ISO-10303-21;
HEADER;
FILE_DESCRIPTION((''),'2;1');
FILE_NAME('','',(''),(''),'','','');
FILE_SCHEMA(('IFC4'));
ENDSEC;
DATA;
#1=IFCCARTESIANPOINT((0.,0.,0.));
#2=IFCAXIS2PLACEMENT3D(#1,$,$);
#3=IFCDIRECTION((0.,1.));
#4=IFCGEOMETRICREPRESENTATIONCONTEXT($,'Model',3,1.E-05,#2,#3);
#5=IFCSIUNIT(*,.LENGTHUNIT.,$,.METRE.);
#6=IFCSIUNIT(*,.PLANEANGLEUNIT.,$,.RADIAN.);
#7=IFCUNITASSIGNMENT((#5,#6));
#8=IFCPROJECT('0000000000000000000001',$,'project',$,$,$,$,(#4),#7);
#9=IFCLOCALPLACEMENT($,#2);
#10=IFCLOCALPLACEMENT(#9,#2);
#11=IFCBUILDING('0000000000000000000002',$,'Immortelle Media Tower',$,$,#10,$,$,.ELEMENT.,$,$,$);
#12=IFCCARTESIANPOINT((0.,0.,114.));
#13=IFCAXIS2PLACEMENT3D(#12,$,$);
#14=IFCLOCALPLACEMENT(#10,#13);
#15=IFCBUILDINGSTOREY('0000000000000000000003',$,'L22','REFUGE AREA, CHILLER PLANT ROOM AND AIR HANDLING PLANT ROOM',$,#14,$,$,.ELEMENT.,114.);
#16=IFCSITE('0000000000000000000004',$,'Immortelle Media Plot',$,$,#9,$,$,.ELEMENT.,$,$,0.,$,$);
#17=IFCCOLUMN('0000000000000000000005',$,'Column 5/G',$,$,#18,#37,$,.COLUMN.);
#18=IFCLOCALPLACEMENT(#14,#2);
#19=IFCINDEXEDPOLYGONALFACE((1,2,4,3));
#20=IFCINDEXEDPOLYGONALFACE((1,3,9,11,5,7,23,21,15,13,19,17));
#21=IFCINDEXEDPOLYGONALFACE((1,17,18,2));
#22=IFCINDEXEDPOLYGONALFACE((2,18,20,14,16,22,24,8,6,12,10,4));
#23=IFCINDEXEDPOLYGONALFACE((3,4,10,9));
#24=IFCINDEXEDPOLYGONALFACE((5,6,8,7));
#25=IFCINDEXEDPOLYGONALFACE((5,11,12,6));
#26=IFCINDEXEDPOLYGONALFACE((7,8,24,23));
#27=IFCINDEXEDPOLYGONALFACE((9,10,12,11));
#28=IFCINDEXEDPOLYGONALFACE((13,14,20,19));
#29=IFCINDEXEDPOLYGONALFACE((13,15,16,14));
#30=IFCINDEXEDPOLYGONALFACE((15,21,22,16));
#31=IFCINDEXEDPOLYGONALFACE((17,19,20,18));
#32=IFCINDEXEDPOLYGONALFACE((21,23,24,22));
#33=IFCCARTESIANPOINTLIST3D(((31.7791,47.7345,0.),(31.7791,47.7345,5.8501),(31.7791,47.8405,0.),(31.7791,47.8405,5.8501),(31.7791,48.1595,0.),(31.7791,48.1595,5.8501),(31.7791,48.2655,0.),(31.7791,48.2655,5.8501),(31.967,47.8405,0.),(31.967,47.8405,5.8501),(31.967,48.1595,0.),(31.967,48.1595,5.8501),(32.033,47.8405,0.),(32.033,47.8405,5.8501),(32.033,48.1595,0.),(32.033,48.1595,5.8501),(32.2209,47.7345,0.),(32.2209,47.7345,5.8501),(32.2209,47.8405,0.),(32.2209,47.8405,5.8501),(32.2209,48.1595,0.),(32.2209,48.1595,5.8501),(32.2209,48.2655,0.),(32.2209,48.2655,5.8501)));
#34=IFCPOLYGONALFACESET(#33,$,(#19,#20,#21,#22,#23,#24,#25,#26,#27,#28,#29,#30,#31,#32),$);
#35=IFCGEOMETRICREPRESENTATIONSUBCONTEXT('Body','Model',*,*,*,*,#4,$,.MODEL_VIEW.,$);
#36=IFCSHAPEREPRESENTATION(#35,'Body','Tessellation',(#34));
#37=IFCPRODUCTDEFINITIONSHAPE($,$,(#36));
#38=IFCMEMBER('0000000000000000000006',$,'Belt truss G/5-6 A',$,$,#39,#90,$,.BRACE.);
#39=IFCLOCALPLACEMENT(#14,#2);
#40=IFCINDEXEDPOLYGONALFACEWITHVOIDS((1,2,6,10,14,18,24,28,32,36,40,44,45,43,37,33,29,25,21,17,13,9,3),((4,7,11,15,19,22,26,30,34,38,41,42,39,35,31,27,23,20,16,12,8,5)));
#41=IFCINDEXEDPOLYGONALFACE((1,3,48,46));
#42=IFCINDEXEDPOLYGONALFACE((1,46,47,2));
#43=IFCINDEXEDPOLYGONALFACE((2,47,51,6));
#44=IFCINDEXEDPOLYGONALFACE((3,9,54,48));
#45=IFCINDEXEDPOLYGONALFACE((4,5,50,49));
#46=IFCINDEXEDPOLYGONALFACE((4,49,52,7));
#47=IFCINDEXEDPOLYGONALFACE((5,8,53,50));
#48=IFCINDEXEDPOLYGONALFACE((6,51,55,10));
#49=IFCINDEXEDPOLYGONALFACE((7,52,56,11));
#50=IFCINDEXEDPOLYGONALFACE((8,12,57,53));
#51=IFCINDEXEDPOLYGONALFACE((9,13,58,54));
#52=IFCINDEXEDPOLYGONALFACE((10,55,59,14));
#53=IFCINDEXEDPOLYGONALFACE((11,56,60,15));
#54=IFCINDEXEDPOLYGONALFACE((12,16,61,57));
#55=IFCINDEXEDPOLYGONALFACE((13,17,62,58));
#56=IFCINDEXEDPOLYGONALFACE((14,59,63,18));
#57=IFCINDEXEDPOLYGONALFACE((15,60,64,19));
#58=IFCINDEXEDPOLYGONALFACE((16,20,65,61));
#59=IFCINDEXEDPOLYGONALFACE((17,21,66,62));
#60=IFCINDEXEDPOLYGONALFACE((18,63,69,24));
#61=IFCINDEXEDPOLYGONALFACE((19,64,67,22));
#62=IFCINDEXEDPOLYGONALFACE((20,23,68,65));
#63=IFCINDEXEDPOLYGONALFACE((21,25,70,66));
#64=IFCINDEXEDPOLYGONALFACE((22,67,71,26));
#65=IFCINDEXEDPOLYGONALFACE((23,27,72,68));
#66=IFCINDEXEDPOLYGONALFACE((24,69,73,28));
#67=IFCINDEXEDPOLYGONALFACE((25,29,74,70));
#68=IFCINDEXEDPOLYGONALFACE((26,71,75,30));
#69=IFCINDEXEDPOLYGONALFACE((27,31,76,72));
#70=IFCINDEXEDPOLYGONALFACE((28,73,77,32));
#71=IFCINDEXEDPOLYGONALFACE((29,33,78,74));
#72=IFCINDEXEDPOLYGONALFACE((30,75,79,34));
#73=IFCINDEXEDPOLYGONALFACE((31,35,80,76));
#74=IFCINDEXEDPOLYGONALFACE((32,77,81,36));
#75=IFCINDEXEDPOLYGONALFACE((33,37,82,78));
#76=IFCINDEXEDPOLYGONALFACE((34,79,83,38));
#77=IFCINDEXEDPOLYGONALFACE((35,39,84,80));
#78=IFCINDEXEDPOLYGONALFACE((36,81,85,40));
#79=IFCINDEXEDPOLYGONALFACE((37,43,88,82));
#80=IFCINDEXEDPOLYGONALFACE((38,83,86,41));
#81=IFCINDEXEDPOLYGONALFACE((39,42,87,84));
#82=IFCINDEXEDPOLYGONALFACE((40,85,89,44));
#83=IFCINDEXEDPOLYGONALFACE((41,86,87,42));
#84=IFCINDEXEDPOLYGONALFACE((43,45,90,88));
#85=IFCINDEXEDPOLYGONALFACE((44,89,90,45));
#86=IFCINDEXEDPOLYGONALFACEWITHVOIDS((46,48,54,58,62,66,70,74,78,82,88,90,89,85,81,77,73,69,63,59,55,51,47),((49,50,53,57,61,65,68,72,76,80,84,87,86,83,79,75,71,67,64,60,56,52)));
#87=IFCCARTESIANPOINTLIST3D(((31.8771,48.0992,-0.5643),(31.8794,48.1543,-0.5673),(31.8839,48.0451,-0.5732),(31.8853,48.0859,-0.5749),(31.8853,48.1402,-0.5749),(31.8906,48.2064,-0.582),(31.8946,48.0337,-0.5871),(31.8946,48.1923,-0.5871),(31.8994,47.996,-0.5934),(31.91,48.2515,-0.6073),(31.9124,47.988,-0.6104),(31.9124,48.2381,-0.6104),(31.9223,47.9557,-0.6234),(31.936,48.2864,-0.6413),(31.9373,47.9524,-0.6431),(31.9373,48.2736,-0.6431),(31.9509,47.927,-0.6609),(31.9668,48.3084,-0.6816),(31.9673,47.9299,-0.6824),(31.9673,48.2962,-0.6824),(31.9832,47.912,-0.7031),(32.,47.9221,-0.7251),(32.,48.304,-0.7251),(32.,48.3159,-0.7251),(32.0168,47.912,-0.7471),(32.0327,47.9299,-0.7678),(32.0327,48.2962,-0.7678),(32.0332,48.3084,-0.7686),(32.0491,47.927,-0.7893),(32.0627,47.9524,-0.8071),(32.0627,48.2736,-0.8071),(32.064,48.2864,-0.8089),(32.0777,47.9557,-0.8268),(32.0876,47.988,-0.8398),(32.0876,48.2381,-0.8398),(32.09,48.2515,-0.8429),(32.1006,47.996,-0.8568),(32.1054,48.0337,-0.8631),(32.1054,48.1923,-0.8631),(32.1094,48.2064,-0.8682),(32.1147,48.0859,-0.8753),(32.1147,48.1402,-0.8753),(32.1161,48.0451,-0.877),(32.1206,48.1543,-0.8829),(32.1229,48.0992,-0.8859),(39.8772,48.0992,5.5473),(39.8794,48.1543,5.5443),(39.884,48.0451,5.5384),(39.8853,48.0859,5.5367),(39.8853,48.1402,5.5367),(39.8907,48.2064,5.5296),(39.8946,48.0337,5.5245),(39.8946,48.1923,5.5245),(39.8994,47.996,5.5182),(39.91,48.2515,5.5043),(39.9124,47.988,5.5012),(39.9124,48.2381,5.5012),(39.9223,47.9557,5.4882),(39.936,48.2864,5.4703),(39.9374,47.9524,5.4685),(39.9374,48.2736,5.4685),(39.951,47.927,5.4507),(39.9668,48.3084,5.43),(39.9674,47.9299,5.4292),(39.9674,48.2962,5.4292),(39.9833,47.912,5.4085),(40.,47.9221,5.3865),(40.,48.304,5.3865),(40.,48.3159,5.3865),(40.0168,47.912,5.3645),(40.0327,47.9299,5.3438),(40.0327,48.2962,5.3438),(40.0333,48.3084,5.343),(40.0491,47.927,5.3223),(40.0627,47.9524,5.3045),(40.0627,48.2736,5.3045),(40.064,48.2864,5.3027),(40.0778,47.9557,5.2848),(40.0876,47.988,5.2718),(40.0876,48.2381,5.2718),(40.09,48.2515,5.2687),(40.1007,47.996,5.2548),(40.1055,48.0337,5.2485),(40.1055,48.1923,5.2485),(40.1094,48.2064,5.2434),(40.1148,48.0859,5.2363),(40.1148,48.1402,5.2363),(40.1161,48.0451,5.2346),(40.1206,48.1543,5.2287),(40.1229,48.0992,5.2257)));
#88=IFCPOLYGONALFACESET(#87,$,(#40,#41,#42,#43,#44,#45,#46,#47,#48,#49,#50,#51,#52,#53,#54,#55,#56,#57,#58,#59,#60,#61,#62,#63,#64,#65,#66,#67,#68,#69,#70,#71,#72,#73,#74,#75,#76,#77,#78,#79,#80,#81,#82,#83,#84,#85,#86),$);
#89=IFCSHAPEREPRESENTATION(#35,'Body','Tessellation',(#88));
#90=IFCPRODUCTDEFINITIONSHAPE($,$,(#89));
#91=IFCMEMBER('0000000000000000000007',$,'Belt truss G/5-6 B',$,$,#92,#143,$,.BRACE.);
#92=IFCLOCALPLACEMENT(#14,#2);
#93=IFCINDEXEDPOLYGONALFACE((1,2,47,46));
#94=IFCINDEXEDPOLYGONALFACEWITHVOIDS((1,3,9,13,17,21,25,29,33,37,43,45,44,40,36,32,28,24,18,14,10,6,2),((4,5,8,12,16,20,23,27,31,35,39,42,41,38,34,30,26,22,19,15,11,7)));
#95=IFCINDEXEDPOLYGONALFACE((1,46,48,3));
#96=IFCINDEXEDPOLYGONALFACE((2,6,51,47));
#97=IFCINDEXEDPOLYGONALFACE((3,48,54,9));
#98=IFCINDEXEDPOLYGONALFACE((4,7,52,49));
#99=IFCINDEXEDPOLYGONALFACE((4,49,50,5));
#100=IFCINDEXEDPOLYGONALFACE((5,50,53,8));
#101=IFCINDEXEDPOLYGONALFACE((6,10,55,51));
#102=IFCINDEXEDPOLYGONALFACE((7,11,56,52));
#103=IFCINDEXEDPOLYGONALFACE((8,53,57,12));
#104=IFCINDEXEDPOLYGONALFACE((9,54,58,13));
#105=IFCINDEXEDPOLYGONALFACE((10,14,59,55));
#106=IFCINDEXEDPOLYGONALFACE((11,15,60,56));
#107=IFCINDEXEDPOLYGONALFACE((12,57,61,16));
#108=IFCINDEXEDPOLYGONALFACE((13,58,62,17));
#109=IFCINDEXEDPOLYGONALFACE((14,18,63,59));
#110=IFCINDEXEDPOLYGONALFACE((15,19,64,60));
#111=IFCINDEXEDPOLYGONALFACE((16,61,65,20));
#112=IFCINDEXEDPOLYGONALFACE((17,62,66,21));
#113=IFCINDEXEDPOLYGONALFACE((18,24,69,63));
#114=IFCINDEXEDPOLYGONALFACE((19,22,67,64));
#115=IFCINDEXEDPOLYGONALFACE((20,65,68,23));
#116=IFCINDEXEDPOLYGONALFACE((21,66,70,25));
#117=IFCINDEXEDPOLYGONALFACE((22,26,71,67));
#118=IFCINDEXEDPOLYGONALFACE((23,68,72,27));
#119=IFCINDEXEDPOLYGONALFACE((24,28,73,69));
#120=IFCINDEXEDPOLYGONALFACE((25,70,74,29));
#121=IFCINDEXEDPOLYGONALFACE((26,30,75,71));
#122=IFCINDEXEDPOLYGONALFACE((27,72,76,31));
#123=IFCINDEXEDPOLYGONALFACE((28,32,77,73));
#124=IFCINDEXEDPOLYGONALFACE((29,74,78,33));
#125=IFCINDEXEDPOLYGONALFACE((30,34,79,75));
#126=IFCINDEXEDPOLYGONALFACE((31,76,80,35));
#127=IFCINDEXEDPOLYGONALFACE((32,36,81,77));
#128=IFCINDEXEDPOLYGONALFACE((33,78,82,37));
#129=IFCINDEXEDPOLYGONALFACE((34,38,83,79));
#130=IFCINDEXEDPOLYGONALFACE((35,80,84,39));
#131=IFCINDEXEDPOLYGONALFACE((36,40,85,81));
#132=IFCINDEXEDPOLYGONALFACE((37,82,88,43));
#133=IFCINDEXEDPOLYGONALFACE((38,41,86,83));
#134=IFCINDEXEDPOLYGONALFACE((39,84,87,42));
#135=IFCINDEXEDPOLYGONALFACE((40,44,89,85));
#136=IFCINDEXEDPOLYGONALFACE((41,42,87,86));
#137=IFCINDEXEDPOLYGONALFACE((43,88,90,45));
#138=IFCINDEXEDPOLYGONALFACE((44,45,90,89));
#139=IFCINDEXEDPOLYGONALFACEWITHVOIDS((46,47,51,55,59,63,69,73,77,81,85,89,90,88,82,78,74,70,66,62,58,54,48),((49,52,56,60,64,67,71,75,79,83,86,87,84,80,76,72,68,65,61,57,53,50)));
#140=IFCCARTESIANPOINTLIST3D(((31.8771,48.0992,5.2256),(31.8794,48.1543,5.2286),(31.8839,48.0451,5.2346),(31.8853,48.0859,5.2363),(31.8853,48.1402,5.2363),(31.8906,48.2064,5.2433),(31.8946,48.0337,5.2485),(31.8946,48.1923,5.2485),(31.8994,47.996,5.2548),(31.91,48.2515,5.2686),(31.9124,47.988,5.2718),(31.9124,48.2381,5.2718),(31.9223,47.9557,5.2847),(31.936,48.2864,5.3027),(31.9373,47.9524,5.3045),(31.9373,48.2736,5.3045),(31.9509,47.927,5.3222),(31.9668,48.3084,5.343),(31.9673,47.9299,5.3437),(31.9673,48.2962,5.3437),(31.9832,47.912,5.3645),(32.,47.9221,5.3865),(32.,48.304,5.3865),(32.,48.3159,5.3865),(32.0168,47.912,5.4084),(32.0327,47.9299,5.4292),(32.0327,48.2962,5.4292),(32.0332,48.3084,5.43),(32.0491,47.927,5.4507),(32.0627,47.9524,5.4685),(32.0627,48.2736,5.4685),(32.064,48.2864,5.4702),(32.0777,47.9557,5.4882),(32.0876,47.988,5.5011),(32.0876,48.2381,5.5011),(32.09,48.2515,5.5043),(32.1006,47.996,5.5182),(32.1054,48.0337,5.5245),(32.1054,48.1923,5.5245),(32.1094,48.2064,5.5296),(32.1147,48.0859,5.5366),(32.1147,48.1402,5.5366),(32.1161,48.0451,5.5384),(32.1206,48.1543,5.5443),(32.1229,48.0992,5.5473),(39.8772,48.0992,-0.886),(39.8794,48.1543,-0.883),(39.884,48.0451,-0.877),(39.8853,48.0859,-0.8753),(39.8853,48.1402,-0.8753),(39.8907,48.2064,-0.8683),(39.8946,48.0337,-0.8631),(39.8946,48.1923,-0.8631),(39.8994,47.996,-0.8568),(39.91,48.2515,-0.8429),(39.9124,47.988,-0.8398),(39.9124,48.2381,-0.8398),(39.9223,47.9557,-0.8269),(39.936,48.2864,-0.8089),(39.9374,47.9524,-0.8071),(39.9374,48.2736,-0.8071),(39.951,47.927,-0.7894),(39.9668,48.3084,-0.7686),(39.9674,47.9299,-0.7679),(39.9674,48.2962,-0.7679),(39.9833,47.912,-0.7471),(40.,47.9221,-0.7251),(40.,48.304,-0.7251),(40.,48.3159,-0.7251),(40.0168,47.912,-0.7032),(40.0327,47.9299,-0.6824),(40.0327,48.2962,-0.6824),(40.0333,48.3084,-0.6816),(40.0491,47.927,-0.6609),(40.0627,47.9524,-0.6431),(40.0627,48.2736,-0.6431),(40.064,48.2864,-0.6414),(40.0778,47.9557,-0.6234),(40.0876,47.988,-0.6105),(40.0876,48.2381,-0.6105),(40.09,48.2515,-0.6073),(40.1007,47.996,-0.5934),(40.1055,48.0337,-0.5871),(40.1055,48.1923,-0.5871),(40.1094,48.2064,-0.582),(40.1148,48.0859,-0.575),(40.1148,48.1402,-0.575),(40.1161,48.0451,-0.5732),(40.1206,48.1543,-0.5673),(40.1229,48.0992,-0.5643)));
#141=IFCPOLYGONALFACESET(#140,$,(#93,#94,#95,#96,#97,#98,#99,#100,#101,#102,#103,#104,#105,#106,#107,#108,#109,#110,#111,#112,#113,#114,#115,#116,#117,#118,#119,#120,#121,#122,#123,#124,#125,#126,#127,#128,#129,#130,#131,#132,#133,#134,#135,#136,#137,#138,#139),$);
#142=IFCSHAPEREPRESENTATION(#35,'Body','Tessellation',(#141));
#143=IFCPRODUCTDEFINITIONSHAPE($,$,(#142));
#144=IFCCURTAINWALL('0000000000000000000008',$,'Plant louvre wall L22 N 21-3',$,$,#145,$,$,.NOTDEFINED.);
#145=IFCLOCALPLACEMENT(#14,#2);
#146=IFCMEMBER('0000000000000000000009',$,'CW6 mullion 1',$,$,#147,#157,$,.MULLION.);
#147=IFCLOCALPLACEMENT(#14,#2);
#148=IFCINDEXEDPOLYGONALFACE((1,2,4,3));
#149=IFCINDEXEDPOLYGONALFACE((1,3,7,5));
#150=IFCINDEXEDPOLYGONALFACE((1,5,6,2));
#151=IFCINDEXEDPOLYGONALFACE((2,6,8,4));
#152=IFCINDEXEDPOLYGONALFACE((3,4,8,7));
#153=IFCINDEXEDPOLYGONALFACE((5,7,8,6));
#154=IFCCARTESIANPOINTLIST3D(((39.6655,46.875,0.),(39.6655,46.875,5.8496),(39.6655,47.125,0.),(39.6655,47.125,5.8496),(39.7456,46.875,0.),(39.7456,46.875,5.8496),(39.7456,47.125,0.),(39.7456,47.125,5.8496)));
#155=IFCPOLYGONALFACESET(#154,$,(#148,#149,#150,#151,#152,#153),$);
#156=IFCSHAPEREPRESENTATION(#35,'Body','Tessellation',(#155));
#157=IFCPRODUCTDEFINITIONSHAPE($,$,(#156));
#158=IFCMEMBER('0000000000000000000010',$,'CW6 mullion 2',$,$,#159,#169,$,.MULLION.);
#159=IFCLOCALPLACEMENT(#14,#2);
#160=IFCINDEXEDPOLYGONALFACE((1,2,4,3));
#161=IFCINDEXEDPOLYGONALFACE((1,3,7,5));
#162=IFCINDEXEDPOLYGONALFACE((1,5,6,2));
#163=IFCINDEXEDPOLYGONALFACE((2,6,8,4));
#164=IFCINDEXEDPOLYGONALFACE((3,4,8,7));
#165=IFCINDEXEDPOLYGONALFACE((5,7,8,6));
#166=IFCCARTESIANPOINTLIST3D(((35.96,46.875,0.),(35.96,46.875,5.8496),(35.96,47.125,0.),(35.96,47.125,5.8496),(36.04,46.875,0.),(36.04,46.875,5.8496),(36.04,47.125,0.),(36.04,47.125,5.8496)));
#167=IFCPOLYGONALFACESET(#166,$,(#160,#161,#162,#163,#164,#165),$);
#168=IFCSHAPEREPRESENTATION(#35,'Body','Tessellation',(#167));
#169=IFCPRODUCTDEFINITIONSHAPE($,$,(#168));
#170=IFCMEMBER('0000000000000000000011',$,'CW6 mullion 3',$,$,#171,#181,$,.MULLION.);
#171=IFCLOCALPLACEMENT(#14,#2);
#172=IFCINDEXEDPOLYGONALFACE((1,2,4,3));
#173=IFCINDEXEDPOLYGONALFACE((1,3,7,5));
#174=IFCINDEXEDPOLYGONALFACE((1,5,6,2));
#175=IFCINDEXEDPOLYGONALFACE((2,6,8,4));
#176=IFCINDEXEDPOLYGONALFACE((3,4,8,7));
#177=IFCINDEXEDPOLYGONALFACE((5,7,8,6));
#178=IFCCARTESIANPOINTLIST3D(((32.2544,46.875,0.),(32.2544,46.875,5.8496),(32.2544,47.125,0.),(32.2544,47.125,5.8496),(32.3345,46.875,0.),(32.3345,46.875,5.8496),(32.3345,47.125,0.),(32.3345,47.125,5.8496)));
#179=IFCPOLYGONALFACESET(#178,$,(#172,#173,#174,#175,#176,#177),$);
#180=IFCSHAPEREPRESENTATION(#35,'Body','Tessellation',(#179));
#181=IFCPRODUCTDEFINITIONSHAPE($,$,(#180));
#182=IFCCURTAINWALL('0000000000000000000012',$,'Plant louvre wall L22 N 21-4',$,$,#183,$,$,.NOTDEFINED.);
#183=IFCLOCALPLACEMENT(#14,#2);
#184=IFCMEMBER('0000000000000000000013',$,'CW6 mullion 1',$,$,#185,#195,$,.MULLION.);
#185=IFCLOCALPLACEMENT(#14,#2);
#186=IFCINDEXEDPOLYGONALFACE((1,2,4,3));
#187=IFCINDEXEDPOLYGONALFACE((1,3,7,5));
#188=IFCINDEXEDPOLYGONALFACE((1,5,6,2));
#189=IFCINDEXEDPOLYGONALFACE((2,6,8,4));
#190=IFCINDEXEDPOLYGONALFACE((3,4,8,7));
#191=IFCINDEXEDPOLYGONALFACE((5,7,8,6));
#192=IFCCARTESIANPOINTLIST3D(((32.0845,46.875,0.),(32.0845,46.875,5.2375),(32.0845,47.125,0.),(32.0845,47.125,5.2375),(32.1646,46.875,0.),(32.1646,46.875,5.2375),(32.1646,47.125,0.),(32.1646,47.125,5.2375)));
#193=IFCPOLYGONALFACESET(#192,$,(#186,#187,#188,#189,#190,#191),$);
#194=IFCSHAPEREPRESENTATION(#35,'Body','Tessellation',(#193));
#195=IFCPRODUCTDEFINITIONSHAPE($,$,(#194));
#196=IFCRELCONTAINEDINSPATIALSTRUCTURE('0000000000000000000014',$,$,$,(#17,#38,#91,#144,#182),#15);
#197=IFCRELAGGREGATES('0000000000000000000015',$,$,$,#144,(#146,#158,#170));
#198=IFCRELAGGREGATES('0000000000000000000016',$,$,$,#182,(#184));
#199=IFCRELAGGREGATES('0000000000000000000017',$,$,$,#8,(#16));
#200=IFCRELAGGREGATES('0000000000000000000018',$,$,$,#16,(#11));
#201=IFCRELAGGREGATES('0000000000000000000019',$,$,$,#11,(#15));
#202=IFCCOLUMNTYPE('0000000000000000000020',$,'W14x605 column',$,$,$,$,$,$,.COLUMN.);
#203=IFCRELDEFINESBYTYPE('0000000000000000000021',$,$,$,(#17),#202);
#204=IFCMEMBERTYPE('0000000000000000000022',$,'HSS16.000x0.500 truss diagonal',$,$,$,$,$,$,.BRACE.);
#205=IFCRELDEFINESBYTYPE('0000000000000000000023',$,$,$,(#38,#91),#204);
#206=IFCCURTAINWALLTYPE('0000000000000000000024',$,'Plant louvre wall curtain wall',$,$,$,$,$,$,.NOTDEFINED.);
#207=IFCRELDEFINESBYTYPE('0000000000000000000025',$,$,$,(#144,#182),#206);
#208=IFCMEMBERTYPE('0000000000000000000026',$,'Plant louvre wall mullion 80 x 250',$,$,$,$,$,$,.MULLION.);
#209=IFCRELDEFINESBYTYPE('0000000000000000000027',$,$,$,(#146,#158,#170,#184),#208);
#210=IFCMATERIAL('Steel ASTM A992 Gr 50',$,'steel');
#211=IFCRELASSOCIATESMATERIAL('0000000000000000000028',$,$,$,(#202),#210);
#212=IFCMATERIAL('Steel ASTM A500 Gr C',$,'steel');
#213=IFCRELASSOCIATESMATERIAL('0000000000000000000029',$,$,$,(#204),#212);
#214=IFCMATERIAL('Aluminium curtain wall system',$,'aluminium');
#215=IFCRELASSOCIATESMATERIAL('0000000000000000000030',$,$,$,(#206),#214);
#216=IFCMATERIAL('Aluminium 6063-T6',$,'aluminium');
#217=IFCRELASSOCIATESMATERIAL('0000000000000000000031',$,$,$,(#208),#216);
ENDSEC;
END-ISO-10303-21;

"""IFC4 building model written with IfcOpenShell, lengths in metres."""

from ifc_helpers import new_model, si_unit, direction, frame, origin, origin_2d, place, context, subcontext, project, spatial, rectangle, hollow_circle, i_section, extrude, material, material_profile, profile_set, type_object, element, aggregate, save


model = new_model("IFC4")

# Units and contexts
model_context = context("Model", 3, precision=1e-05, world=origin(), true_north=direction((0.0, 1.0)))
body_context = subcontext(model_context, "Body", "Model", "MODEL_VIEW")
ifc_project = project(units=[si_unit("LENGTHUNIT", "METRE"), si_unit("PLANEANGLEUNIT", "RADIAN")], contexts=[model_context])

# Site, building, storey
site_placement = place(None, origin())
site = spatial("IfcSite", under=ifc_project, at=site_placement, Name="Immortelle Media Plot", CompositionType="ELEMENT", RefElevation=0.0)
building_placement = place(site_placement, origin())
building = spatial("IfcBuilding", under=site, at=building_placement, Name="Immortelle Media Tower", CompositionType="ELEMENT")
storey_placement = place(building_placement, frame((0.0, 0.0, 114.0)))
storey = spatial("IfcBuildingStorey", under=building, at=storey_placement, Name="L22", Description="REFUGE AREA, CHILLER PLANT ROOM AND AIR HANDLING PLANT ROOM", CompositionType="ELEMENT", Elevation=114.0)

# Column
ifc_material_1 = material(Name="Steel ASTM A992 Gr 50", Category="steel")
ifc_material_profile_1 = material_profile(ifc_material_1, i_section(OverallWidth=0.4419, OverallDepth=0.531, WebThickness=0.0659, FlangeThickness=0.106, at=origin_2d()), Name="W14x605")
ifc_profile_set_1 = profile_set([ifc_material_profile_1], Name="Steel ASTM A992 Gr 50")
column_type = type_object("IfcColumnType", Name="W14x605 column", PredefinedType="COLUMN", material=ifc_profile_set_1)
column_placement = place(storey_placement, frame((32.0, 48.0, 0.0), z_axis=(0.0, 0.0, 1.0), x_axis=(1.0, 0.0, 0.0)))
element("IfcColumn", 1, at=column_placement, inside=storey, type_object=column_type, Name="Column 5/G", PredefinedType="COLUMN", context=body_context, shape_type="SweptSolid", body=[
    extrude(i_section(OverallWidth=0.4419, OverallDepth=0.531, WebThickness=0.0659, FlangeThickness=0.106, at=origin_2d()), origin(), (0.0, 0.0, 1.0), 5.8501),
])

# Members
ifc_material_2 = material(Name="Steel ASTM A500 Gr C", Category="steel")
ifc_material_profile_2 = material_profile(ifc_material_2, hollow_circle(Radius=0.2029, WallThickness=0.012, at=origin_2d()), Name="HSS16.000x0.500 truss diagonal")
ifc_profile_set_2 = profile_set([ifc_material_profile_2], Name="Steel ASTM A500 Gr C")
member_type_1 = type_object("IfcMemberType", Name="HSS16.000x0.500 truss diagonal", PredefinedType="BRACE", material=ifc_profile_set_2)
for number, where, z_axis, x_axis, name in (
    (2, (32.0, 48.113, -0.7251), (0.794649, 0.0, 0.607069), (0.0, 1.0, 0.0), "Belt truss G/5-6 A"),
    (3, (32.0, 48.113, 5.3865), (0.794649, 0.0, -0.607069), (0.0, 1.0, 0.0), "Belt truss G/5-6 B"),
):
    element("IfcMember", number, at=place(storey_placement, frame(where, z_axis=z_axis, x_axis=x_axis)), inside=storey, type_object=member_type_1, Name=name, PredefinedType="BRACE", context=body_context, shape_type="SweptSolid", body=[
        extrude(hollow_circle(Radius=0.2029, WallThickness=0.012, at=origin_2d()), origin(), (0.0, 0.0, 1.0), 10.0674),
    ])

# Curtain wall, members
ifc_material_3 = material(Name="Aluminium curtain wall system", Category="aluminium")
curtain_wall_type = type_object("IfcCurtainWallType", Name="Plant louvre wall curtain wall", PredefinedType="NOTDEFINED", material=ifc_material_3)
curtain_wall_1_placement = place(storey_placement, origin())
curtain_wall_1 = element("IfcCurtainWall", 4, at=curtain_wall_1_placement, inside=storey, type_object=curtain_wall_type, Name="Plant louvre wall L22 N 21-3", PredefinedType="NOTDEFINED")
ifc_material_4 = material(Name="Aluminium 6063-T6", Category="aluminium")
ifc_material_profile_3 = material_profile(ifc_material_4, rectangle(XDim=0.25, YDim=0.0801, at=origin_2d()), Name="AL 80x250")
ifc_profile_set_3 = profile_set([ifc_material_profile_3], Name="Aluminium 6063-T6")
member_type_2 = type_object("IfcMemberType", Name="Plant louvre wall mullion 80 x 250", PredefinedType="MULLION", material=ifc_profile_set_3)
member_1_placement = place(storey_placement, frame((39.7056, 47.0, 0.0), z_axis=(0.0, 0.0, 1.0), x_axis=(0.0, -1.0, 0.0)))
member_1 = element("IfcMember", 5, at=member_1_placement, type_object=member_type_2, Name="CW6 mullion 1", PredefinedType="MULLION", context=body_context, shape_type="SweptSolid", body=[
    extrude(rectangle(XDim=0.25, YDim=0.0801, at=origin_2d()), origin(), (0.0, 0.0, 1.0), 5.8496),
])
member_2_placement = place(storey_placement, frame((36.0, 47.0, 0.0), z_axis=(0.0, 0.0, 1.0), x_axis=(0.0, -1.0, 0.0)))
member_2 = element("IfcMember", 6, at=member_2_placement, type_object=member_type_2, Name="CW6 mullion 2", PredefinedType="MULLION", context=body_context, shape_type="SweptSolid", body=[
    extrude(rectangle(XDim=0.25, YDim=0.0801, at=origin_2d()), origin(), (0.0, 0.0, 1.0), 5.8496),
])
member_3_placement = place(storey_placement, frame((32.2944, 47.0, 0.0), z_axis=(0.0, 0.0, 1.0), x_axis=(0.0, -1.0, 0.0)))
member_3 = element("IfcMember", 7, at=member_3_placement, type_object=member_type_2, Name="CW6 mullion 3", PredefinedType="MULLION", context=body_context, shape_type="SweptSolid", body=[
    extrude(rectangle(XDim=0.25, YDim=0.0801, at=origin_2d()), origin(), (0.0, 0.0, 1.0), 5.8496),
])

# Curtain wall, member
curtain_wall_2_placement = place(storey_placement, origin())
curtain_wall_2 = element("IfcCurtainWall", 8, at=curtain_wall_2_placement, inside=storey, type_object=curtain_wall_type, Name="Plant louvre wall L22 N 21-4", PredefinedType="NOTDEFINED")
member_4_placement = place(storey_placement, frame((32.1245, 47.0, 0.0), z_axis=(0.0, 0.0, 1.0), x_axis=(0.0, -1.0, 0.0)))
member_4 = element("IfcMember", 9, at=member_4_placement, type_object=member_type_2, Name="CW6 mullion 1", PredefinedType="MULLION", context=body_context, shape_type="SweptSolid", body=[
    extrude(rectangle(XDim=0.25, YDim=0.0801, at=origin_2d()), origin(), (0.0, 0.0, 1.0), 5.2375),
])

aggregate(curtain_wall_1, [member_1, member_2, member_3])
aggregate(curtain_wall_2, [member_4])

save(model, "model.ifc")
